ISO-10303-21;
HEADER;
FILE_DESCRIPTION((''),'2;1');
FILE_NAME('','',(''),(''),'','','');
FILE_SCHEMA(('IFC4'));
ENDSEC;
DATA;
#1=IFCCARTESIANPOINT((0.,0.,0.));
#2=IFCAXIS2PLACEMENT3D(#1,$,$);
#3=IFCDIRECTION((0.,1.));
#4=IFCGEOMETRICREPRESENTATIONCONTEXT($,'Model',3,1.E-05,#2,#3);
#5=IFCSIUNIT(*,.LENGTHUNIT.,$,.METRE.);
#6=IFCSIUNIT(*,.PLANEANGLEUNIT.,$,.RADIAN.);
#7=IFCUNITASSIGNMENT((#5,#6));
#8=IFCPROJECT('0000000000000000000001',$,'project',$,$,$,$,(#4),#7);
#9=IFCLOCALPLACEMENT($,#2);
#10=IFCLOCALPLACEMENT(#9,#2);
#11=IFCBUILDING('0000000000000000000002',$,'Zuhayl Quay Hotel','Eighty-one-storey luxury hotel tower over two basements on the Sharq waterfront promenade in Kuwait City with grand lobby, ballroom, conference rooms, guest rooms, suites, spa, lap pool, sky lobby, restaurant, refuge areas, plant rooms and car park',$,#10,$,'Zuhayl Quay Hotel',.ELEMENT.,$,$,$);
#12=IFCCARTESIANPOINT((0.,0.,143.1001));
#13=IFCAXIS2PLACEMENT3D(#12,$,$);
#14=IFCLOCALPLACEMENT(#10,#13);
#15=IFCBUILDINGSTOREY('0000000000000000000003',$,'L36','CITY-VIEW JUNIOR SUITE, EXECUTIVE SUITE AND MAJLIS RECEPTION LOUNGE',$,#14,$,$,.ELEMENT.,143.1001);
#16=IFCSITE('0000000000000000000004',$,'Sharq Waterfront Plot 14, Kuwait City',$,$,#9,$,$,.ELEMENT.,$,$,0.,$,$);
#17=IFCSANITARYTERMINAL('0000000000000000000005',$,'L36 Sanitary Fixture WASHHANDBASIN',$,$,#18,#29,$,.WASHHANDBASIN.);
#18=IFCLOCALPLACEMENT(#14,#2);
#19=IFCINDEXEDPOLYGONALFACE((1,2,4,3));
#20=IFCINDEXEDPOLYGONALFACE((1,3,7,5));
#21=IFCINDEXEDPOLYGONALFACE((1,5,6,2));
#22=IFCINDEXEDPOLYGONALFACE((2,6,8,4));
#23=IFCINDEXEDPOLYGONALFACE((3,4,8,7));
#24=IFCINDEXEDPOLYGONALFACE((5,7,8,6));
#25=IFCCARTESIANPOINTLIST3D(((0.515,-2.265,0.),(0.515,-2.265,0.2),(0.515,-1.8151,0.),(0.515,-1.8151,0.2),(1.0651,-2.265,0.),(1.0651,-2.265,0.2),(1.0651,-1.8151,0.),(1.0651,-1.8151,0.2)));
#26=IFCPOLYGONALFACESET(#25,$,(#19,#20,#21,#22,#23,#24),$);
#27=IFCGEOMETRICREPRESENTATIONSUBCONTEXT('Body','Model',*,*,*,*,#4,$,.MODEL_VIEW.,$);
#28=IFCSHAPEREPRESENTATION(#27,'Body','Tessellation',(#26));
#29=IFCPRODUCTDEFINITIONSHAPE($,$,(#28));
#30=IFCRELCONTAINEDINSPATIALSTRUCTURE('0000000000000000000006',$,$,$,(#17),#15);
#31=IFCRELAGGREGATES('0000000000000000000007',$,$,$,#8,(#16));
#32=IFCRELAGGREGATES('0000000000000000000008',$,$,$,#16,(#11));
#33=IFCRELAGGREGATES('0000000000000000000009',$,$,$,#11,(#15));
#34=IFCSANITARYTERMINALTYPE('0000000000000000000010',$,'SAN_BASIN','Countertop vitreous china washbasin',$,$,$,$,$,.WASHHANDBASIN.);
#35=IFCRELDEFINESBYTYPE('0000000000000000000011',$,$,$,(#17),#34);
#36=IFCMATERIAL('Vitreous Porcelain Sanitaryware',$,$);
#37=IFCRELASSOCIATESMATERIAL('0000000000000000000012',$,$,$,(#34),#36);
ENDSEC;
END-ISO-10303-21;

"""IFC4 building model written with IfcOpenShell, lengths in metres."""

from ifc_helpers import new_model, si_unit, direction, frame, origin, origin_2d, place, context, subcontext, project, spatial, rectangle, extrude, material, type_object, element, save


model = new_model("IFC4")

# Units and contexts
model_context = context("Model", 3, precision=1e-05, world=origin(), true_north=direction((0.0, 1.0)))
body_context = subcontext(model_context, "Body", "Model", "MODEL_VIEW")
ifc_project = project(units=[si_unit("LENGTHUNIT", "METRE"), si_unit("PLANEANGLEUNIT", "RADIAN")], contexts=[model_context])

# Site, building, storey
site_placement = place(None, origin())
site = spatial("IfcSite", under=ifc_project, at=site_placement, Name="Sharq Waterfront Plot 14, Kuwait City", CompositionType="ELEMENT", RefElevation=0.0)
building_placement = place(site_placement, origin())
building = spatial("IfcBuilding", under=site, at=building_placement, Name="Zuhayl Quay Hotel", Description="Eighty-one-storey luxury hotel tower over two basements on the Sharq waterfront promenade in Kuwait City with grand lobby, ballroom, conference rooms, guest rooms, suites, spa, lap pool, sky lobby, restaurant, refuge areas, plant rooms and car park", LongName="Zuhayl Quay Hotel", CompositionType="ELEMENT")
storey_placement = place(building_placement, frame((0.0, 0.0, 143.1001)))
storey = spatial("IfcBuildingStorey", under=building, at=storey_placement, Name="L36", Description="CITY-VIEW JUNIOR SUITE, EXECUTIVE SUITE AND MAJLIS RECEPTION LOUNGE", CompositionType="ELEMENT", Elevation=143.1001)

# Sanitary terminal
ifc_material_1 = material(Name="Vitreous Porcelain Sanitaryware")
sanitary_terminal_type = type_object("IfcSanitaryTerminalType", Name="SAN_BASIN", Description="Countertop vitreous china washbasin", PredefinedType="WASHHANDBASIN", material=ifc_material_1)
sanitary_terminal_placement = place(storey_placement, frame((0.79, -2.04, 0.0), z_axis=(0.0, 0.0, 1.0), x_axis=(1.0, 0.0, 0.0)))
element("IfcSanitaryTerminal", 1, at=sanitary_terminal_placement, inside=storey, type_object=sanitary_terminal_type, Name="L36 Sanitary Fixture WASHHANDBASIN", PredefinedType="WASHHANDBASIN", context=body_context, shape_type="SweptSolid", body=[
    extrude(rectangle(XDim=0.55, YDim=0.45, at=origin_2d()), origin(), (0.0, 0.0, 1.0), 0.2),
])

save(model, "model.ifc")
